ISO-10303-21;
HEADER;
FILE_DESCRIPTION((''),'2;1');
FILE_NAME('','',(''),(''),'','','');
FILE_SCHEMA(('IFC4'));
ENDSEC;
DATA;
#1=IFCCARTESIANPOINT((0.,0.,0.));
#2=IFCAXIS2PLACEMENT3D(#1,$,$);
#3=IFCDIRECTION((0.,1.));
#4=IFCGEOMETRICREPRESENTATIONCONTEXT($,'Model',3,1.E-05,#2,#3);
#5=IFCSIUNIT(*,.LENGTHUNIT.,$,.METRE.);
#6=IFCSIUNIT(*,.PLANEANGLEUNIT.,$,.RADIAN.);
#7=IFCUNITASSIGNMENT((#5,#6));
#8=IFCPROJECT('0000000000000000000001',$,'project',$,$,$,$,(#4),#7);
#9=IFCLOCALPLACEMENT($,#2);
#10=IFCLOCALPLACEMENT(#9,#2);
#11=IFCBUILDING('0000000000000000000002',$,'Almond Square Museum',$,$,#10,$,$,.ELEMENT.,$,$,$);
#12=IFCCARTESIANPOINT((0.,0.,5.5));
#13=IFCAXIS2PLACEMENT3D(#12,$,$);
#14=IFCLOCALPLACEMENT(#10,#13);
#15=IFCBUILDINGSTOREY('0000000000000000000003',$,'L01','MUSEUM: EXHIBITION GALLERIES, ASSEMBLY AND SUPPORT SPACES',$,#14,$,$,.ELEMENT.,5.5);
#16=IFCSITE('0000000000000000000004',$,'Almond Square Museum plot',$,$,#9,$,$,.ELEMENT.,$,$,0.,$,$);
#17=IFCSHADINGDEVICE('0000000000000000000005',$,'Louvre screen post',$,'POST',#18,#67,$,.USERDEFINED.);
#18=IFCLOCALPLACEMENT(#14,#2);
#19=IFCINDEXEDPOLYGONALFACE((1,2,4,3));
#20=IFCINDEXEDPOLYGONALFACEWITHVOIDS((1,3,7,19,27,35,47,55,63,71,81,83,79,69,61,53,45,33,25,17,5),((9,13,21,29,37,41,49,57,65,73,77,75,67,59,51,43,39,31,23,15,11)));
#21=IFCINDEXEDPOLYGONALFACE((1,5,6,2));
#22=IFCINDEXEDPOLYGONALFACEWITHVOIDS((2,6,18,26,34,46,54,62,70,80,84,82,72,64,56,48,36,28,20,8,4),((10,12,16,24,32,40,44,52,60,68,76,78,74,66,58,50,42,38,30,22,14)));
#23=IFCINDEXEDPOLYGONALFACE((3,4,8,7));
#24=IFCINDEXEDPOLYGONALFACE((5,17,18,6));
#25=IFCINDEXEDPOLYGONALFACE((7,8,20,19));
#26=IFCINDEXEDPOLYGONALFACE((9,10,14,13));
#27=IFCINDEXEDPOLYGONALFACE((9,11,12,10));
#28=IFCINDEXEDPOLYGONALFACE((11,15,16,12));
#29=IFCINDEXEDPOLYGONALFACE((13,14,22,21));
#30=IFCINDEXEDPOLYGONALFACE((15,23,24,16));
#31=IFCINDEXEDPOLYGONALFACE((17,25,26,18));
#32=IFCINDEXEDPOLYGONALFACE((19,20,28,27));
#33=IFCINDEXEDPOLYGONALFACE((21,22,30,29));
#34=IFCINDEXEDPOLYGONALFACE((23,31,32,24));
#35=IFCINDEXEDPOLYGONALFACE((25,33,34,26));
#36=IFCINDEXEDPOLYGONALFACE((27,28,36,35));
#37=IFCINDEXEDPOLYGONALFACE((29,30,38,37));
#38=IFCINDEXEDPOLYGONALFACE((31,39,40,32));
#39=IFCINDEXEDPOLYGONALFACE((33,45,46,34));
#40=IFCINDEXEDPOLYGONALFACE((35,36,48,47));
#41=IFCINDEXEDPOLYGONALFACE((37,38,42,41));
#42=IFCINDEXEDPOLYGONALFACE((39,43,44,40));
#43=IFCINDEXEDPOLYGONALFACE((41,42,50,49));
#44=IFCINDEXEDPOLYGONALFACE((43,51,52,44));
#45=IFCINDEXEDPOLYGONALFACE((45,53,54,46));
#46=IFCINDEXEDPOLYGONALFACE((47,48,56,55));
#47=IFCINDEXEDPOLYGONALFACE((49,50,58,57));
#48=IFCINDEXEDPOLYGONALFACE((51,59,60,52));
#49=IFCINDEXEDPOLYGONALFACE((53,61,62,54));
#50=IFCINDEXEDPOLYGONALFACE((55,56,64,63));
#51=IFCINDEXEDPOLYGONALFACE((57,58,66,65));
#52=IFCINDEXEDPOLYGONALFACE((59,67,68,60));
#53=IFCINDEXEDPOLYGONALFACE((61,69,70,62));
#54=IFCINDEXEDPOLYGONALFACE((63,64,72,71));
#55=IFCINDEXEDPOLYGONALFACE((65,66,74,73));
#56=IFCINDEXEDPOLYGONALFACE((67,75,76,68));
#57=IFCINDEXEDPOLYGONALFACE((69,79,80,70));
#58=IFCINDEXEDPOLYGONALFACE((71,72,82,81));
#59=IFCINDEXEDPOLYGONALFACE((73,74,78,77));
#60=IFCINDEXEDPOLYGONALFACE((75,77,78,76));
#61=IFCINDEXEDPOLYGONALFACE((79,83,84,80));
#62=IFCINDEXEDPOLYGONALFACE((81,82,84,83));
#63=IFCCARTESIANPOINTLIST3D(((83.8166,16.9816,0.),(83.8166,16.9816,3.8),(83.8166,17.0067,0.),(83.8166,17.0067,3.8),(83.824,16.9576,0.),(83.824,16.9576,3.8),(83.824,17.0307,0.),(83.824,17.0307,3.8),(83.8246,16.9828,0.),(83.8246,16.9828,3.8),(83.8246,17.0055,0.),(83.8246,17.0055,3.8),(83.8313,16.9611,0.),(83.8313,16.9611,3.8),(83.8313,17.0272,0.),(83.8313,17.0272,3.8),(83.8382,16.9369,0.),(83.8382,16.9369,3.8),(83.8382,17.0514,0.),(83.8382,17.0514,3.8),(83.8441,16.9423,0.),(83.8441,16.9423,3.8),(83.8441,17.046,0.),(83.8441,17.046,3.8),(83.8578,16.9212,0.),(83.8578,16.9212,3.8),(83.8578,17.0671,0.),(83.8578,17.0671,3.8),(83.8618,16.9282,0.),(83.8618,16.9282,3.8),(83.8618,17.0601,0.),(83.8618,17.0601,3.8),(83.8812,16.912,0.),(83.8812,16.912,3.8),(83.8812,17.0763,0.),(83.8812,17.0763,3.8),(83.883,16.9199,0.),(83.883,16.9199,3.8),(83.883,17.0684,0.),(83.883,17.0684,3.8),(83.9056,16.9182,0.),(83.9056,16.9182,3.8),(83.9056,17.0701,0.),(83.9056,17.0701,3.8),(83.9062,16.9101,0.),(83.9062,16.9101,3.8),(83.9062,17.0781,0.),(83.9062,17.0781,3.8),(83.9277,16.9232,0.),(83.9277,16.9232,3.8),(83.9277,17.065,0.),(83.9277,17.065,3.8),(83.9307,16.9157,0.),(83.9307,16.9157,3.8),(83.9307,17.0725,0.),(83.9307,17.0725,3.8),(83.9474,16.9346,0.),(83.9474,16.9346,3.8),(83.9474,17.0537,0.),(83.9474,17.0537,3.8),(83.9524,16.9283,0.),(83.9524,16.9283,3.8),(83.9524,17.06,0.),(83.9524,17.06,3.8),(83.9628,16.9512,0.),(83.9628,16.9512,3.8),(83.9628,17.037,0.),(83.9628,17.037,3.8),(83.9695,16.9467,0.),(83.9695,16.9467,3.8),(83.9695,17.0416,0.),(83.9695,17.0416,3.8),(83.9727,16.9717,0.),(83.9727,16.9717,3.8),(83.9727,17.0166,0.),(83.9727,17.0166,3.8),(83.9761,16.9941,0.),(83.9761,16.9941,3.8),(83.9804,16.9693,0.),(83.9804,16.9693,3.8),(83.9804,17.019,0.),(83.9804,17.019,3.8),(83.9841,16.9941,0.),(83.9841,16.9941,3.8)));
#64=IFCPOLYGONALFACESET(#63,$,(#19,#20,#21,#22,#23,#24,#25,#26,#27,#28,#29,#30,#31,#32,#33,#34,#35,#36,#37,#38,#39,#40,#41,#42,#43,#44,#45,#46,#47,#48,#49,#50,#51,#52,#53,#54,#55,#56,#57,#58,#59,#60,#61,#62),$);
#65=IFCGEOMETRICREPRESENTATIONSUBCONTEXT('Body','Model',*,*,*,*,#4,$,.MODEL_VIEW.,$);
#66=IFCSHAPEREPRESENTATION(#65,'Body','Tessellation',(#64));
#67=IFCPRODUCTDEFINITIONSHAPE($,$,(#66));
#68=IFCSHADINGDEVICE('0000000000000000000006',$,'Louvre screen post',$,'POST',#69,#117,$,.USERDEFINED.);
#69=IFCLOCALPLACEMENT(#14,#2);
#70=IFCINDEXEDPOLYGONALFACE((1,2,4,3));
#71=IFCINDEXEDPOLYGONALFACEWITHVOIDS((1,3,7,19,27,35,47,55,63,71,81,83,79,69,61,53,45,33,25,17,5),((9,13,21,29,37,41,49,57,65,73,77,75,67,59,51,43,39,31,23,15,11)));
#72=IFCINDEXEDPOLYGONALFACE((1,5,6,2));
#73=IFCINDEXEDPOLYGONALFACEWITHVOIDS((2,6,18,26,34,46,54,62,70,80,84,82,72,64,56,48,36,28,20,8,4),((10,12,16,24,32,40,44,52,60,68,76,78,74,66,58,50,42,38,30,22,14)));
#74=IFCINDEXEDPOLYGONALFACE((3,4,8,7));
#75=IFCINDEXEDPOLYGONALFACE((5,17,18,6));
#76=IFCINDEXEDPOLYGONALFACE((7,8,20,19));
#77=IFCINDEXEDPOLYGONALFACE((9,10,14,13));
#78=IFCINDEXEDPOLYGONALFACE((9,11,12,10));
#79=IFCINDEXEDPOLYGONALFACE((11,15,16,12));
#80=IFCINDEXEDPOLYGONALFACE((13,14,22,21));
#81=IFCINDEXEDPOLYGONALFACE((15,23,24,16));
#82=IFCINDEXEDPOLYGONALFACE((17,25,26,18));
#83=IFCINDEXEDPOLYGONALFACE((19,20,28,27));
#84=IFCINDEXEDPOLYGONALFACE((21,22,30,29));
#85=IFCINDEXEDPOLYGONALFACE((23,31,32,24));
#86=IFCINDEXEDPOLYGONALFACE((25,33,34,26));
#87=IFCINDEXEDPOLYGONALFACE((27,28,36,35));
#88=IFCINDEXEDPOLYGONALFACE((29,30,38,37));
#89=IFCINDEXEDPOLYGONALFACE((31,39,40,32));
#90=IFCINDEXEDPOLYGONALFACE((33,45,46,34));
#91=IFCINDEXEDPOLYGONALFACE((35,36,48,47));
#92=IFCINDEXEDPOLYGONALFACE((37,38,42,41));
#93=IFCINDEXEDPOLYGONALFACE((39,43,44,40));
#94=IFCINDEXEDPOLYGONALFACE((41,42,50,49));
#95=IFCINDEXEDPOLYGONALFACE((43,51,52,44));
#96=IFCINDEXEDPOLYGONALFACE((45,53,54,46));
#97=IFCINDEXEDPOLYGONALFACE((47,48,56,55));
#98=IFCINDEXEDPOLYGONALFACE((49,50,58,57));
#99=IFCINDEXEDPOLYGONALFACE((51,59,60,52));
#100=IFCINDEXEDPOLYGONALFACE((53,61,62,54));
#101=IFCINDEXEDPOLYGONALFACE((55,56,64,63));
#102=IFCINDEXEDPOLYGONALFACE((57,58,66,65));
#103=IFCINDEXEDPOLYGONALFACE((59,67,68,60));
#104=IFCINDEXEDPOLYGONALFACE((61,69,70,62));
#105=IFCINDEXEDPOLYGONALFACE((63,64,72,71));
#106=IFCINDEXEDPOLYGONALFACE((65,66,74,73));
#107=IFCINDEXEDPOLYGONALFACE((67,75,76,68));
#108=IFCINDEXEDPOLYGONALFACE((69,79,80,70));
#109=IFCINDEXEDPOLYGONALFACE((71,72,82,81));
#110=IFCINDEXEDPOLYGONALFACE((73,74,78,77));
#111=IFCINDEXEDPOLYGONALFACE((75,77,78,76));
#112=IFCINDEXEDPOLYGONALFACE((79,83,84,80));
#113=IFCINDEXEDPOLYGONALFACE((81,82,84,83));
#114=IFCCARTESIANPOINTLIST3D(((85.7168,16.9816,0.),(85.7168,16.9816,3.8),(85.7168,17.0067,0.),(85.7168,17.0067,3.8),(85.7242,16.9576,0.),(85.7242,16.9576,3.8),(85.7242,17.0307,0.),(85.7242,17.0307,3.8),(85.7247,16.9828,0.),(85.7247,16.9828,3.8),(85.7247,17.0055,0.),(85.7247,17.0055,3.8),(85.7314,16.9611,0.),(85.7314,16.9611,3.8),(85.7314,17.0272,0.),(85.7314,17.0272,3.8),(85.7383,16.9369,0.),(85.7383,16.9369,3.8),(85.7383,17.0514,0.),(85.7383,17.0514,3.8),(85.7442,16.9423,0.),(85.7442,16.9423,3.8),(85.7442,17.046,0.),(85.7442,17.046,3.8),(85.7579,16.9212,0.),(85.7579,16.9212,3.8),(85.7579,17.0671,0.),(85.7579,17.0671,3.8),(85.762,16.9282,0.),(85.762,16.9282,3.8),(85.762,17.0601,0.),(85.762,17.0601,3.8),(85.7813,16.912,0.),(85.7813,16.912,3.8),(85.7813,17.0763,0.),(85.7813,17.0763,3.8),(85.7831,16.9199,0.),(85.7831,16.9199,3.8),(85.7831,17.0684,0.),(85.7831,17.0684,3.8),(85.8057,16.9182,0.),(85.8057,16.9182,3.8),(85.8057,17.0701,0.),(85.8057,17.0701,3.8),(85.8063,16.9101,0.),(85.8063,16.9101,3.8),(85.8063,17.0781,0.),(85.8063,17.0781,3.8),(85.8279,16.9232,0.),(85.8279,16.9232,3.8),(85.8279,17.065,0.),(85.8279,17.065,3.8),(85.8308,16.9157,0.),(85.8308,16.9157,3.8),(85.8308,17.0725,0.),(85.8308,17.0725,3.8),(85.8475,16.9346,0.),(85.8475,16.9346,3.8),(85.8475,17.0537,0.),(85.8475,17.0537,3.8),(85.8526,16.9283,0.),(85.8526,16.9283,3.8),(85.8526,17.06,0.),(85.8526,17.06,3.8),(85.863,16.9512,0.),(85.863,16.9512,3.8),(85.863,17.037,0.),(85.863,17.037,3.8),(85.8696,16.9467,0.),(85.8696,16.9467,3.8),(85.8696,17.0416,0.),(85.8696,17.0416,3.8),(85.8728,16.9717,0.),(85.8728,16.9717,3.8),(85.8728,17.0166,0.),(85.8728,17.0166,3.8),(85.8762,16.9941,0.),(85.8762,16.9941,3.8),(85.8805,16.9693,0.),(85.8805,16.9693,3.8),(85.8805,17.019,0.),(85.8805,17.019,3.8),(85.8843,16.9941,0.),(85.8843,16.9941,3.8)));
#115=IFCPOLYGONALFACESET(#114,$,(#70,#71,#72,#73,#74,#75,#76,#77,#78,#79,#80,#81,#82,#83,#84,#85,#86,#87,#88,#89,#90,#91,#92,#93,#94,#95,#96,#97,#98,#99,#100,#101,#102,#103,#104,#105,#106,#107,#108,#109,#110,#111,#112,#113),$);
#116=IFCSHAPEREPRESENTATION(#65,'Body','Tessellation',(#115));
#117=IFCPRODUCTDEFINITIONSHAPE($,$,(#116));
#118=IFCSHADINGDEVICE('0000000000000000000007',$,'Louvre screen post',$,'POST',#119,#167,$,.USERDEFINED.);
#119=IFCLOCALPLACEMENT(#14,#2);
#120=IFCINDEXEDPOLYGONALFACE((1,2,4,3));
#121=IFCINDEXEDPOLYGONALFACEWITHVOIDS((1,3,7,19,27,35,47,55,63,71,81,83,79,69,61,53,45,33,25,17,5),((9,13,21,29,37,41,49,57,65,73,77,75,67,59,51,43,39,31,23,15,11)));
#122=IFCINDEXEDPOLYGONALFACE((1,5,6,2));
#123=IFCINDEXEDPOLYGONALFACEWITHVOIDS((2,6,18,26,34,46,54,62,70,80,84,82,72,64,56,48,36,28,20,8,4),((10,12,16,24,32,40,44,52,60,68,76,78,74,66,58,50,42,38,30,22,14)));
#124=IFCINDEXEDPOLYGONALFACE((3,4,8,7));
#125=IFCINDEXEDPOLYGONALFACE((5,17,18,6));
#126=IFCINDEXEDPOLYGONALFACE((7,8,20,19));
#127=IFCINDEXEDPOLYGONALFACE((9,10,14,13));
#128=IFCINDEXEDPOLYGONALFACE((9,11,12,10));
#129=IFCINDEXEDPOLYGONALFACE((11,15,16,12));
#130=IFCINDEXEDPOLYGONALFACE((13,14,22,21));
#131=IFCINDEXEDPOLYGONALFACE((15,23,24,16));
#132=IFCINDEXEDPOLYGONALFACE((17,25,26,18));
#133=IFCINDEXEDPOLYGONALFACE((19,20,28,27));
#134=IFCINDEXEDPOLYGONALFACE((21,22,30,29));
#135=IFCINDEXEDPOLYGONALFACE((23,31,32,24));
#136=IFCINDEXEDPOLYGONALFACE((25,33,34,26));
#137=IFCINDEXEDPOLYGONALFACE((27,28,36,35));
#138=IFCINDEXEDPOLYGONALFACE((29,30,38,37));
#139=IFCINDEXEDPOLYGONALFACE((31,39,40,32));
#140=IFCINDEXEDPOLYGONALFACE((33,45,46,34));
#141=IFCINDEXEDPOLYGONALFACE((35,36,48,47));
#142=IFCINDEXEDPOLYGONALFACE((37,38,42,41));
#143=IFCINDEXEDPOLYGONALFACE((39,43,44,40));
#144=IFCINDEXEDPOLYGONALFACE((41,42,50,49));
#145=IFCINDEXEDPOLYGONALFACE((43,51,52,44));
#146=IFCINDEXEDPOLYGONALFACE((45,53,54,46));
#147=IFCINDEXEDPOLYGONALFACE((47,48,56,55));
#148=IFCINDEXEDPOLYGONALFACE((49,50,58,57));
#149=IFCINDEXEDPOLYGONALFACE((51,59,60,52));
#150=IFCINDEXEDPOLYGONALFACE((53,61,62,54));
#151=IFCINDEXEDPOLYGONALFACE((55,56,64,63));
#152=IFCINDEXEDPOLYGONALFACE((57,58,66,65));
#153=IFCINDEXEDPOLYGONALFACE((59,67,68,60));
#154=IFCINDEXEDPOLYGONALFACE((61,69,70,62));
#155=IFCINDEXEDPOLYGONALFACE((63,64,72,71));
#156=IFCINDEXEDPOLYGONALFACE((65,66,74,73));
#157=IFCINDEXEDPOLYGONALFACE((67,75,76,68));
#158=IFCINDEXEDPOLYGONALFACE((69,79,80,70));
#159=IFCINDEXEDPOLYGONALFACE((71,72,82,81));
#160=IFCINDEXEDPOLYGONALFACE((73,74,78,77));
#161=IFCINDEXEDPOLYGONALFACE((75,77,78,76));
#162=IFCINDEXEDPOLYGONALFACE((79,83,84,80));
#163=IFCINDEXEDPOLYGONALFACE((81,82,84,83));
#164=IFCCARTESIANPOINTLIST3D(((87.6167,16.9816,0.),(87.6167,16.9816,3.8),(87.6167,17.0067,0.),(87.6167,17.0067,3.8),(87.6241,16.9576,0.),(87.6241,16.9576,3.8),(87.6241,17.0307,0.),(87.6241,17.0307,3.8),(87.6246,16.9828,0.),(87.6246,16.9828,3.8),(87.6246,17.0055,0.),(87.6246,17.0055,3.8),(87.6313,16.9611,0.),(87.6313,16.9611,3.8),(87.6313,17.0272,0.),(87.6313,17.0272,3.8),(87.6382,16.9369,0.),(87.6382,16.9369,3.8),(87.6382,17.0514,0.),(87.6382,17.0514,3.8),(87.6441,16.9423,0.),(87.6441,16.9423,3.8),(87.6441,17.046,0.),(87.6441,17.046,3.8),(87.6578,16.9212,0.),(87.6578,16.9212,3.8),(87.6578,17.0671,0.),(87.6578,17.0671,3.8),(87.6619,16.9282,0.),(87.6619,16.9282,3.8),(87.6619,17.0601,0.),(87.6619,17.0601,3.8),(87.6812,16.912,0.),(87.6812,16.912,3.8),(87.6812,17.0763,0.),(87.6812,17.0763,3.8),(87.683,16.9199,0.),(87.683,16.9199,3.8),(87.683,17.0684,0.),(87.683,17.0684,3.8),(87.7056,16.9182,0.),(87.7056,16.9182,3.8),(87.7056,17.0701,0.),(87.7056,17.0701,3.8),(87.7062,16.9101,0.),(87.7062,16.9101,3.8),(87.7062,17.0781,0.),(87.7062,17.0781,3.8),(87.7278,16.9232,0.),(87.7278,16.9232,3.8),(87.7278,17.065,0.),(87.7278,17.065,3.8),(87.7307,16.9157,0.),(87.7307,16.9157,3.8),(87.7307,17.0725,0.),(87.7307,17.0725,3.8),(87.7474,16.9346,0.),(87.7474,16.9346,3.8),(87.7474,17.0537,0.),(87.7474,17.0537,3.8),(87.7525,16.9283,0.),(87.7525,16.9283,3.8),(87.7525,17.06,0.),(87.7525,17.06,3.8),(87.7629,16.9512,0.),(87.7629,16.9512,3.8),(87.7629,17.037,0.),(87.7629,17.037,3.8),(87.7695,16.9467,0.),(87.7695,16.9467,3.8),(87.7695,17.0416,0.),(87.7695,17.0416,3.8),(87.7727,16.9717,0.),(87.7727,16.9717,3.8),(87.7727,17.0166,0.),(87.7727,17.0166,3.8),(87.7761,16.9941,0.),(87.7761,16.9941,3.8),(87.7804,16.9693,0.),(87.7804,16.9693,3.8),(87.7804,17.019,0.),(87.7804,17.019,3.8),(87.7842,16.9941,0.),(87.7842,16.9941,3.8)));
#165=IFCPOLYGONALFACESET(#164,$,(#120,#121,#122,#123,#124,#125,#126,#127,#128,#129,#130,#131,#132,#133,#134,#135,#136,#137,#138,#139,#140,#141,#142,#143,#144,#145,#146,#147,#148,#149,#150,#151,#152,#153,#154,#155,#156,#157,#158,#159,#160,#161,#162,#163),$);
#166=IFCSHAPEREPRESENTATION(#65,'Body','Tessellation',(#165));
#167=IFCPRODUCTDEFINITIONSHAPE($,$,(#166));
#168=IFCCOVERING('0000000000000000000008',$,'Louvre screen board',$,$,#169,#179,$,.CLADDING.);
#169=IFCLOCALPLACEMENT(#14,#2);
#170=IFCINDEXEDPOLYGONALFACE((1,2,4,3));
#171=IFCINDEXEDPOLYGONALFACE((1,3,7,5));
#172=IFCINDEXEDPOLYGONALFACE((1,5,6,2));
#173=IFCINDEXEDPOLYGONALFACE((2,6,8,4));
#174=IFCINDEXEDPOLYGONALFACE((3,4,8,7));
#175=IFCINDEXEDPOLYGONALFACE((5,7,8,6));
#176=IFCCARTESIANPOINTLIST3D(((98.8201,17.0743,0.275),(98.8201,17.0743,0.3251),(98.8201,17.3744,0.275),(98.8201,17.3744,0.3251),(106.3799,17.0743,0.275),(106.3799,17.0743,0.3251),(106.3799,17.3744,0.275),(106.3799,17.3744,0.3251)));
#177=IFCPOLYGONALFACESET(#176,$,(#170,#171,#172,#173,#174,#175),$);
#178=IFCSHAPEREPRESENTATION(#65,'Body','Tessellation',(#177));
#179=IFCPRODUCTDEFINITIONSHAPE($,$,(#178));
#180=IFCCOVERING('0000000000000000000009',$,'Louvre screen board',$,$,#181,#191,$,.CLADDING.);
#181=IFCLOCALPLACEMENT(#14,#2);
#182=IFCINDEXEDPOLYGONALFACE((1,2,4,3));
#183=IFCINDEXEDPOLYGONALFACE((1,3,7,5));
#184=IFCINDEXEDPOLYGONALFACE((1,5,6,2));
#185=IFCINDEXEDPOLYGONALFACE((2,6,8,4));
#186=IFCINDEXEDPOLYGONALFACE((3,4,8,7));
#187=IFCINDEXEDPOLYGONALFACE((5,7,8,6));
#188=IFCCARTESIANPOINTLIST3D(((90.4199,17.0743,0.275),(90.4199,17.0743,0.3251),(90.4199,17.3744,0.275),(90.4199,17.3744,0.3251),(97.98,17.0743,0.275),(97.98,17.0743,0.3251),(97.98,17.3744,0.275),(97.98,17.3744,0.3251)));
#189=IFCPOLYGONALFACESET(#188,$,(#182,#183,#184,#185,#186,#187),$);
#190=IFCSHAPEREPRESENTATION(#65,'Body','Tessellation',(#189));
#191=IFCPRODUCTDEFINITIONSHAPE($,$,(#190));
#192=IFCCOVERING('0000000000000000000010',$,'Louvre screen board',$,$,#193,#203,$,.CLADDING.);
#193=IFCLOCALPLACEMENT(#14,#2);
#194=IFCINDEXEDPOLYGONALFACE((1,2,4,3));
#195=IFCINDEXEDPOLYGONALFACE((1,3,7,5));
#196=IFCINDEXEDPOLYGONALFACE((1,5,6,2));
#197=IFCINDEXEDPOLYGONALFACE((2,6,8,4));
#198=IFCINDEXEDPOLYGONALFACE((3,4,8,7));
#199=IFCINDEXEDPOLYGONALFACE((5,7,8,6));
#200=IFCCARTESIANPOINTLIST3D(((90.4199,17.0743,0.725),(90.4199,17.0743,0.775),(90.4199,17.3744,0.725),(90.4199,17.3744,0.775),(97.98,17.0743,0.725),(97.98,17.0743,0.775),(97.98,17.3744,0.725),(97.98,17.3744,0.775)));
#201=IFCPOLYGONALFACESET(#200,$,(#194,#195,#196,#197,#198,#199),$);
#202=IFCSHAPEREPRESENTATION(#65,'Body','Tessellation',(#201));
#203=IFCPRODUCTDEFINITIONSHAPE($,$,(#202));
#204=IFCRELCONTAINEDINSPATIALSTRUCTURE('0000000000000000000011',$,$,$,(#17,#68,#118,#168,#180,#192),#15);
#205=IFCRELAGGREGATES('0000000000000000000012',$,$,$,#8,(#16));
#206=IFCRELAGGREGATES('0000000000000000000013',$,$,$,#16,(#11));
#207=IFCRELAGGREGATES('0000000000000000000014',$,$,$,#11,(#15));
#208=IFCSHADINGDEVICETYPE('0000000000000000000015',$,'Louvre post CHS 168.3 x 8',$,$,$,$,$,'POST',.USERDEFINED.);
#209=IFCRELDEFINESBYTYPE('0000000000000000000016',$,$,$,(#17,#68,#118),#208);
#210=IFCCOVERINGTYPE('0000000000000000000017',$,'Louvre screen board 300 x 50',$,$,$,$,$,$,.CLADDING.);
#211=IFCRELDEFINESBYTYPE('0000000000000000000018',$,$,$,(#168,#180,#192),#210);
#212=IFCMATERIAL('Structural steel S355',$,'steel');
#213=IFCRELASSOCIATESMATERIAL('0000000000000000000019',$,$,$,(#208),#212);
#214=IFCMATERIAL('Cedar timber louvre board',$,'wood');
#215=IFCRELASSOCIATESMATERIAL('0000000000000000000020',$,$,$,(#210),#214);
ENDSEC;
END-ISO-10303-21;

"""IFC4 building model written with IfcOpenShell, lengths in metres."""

from ifc_helpers import new_model, si_unit, direction, frame, origin, origin_2d, place, context, subcontext, project, spatial, rectangle, hollow_circle, extrude, material, material_profile, profile_set, type_object, element, save


model = new_model("IFC4")

# Units and contexts
model_context = context("Model", 3, precision=1e-05, world=origin(), true_north=direction((0.0, 1.0)))
body_context = subcontext(model_context, "Body", "Model", "MODEL_VIEW")
ifc_project = project(units=[si_unit("LENGTHUNIT", "METRE"), si_unit("PLANEANGLEUNIT", "RADIAN")], contexts=[model_context])

# Site, building, storey
site_placement = place(None, origin())
site = spatial("IfcSite", under=ifc_project, at=site_placement, Name="Almond Square Museum plot", CompositionType="ELEMENT", RefElevation=0.0)
building_placement = place(site_placement, origin())
building = spatial("IfcBuilding", under=site, at=building_placement, Name="Almond Square Museum", CompositionType="ELEMENT")
storey_placement = place(building_placement, frame((0.0, 0.0, 5.5)))
storey = spatial("IfcBuildingStorey", under=building, at=storey_placement, Name="L01", Description="MUSEUM: EXHIBITION GALLERIES, ASSEMBLY AND SUPPORT SPACES", CompositionType="ELEMENT", Elevation=5.5)

# Shading devices
ifc_material_1 = material(Name="Structural steel S355", Category="steel")
ifc_material_profile_1 = material_profile(ifc_material_1, hollow_circle(Radius=0.0842, WallThickness=0.0081, at=origin_2d()))
ifc_profile_set_1 = profile_set([ifc_material_profile_1], Name="Structural steel S355")
shading_device_type = type_object("IfcShadingDeviceType", Name="Louvre post CHS 168.3 x 8", ElementType="POST", PredefinedType="USERDEFINED", material=ifc_profile_set_1)
for number, where, z_axis, x_axis, name in (
    (1, (83.8999, 16.9941, 0.0), (0.0, 0.0, 1.0), (1.0, 0.0, 0.0), "Louvre screen post"),
    (2, (85.8, 16.9941, 0.0), (0.0, 0.0, 1.0), (1.0, 0.0, 0.0), "Louvre screen post"),
    (3, (87.7, 16.9941, 0.0), (0.0, 0.0, 1.0), (1.0, 0.0, 0.0), "Louvre screen post"),
):
    element("IfcShadingDevice", number, at=place(storey_placement, frame(where, z_axis=z_axis, x_axis=x_axis)), inside=storey, type_object=shading_device_type, Name=name, ObjectType="POST", PredefinedType="USERDEFINED", context=body_context, shape_type="SweptSolid", body=[
        extrude(hollow_circle(Radius=0.0842, WallThickness=0.0081, at=origin_2d()), origin(), (0.0, 0.0, 1.0), 3.8),
    ])

# Coverings
ifc_material_2 = material(Name="Cedar timber louvre board", Category="wood")
ifc_material_profile_2 = material_profile(ifc_material_2, rectangle(XDim=0.3, YDim=0.05, at=origin_2d()))
ifc_profile_set_2 = profile_set([ifc_material_profile_2], Name="Cedar timber louvre board")
covering_type = type_object("IfcCoveringType", Name="Louvre screen board 300 x 50", PredefinedType="CLADDING", material=ifc_profile_set_2)
covering_placement = place(storey_placement, frame((98.8201, 17.2244, 0.3), z_axis=(1.0, 0.0, 0.0), x_axis=(0.0, 1.0, 0.0)))
element("IfcCovering", 4, at=covering_placement, inside=storey, type_object=covering_type, Name="Louvre screen board", PredefinedType="CLADDING", context=body_context, shape_type="SweptSolid", body=[
    extrude(rectangle(XDim=0.3, YDim=0.05, at=origin_2d()), origin(), (0.0, 0.0, 1.0), 7.5598),
])
for number, where, z_axis, x_axis, name in (
    (5, (90.4199, 17.2244, 0.3), (1.0, 0.0, 0.0), (0.0, 1.0, 0.0), "Louvre screen board"),
    (6, (90.4199, 17.2244, 0.75), (1.0, 0.0, 0.0), (0.0, 1.0, 0.0), "Louvre screen board"),
):
    element("IfcCovering", number, at=place(storey_placement, frame(where, z_axis=z_axis, x_axis=x_axis)), inside=storey, type_object=covering_type, Name=name, PredefinedType="CLADDING", context=body_context, shape_type="SweptSolid", body=[
        extrude(rectangle(XDim=0.3, YDim=0.05, at=origin_2d()), origin(), (0.0, 0.0, 1.0), 7.5601),
    ])

save(model, "model.ifc")
